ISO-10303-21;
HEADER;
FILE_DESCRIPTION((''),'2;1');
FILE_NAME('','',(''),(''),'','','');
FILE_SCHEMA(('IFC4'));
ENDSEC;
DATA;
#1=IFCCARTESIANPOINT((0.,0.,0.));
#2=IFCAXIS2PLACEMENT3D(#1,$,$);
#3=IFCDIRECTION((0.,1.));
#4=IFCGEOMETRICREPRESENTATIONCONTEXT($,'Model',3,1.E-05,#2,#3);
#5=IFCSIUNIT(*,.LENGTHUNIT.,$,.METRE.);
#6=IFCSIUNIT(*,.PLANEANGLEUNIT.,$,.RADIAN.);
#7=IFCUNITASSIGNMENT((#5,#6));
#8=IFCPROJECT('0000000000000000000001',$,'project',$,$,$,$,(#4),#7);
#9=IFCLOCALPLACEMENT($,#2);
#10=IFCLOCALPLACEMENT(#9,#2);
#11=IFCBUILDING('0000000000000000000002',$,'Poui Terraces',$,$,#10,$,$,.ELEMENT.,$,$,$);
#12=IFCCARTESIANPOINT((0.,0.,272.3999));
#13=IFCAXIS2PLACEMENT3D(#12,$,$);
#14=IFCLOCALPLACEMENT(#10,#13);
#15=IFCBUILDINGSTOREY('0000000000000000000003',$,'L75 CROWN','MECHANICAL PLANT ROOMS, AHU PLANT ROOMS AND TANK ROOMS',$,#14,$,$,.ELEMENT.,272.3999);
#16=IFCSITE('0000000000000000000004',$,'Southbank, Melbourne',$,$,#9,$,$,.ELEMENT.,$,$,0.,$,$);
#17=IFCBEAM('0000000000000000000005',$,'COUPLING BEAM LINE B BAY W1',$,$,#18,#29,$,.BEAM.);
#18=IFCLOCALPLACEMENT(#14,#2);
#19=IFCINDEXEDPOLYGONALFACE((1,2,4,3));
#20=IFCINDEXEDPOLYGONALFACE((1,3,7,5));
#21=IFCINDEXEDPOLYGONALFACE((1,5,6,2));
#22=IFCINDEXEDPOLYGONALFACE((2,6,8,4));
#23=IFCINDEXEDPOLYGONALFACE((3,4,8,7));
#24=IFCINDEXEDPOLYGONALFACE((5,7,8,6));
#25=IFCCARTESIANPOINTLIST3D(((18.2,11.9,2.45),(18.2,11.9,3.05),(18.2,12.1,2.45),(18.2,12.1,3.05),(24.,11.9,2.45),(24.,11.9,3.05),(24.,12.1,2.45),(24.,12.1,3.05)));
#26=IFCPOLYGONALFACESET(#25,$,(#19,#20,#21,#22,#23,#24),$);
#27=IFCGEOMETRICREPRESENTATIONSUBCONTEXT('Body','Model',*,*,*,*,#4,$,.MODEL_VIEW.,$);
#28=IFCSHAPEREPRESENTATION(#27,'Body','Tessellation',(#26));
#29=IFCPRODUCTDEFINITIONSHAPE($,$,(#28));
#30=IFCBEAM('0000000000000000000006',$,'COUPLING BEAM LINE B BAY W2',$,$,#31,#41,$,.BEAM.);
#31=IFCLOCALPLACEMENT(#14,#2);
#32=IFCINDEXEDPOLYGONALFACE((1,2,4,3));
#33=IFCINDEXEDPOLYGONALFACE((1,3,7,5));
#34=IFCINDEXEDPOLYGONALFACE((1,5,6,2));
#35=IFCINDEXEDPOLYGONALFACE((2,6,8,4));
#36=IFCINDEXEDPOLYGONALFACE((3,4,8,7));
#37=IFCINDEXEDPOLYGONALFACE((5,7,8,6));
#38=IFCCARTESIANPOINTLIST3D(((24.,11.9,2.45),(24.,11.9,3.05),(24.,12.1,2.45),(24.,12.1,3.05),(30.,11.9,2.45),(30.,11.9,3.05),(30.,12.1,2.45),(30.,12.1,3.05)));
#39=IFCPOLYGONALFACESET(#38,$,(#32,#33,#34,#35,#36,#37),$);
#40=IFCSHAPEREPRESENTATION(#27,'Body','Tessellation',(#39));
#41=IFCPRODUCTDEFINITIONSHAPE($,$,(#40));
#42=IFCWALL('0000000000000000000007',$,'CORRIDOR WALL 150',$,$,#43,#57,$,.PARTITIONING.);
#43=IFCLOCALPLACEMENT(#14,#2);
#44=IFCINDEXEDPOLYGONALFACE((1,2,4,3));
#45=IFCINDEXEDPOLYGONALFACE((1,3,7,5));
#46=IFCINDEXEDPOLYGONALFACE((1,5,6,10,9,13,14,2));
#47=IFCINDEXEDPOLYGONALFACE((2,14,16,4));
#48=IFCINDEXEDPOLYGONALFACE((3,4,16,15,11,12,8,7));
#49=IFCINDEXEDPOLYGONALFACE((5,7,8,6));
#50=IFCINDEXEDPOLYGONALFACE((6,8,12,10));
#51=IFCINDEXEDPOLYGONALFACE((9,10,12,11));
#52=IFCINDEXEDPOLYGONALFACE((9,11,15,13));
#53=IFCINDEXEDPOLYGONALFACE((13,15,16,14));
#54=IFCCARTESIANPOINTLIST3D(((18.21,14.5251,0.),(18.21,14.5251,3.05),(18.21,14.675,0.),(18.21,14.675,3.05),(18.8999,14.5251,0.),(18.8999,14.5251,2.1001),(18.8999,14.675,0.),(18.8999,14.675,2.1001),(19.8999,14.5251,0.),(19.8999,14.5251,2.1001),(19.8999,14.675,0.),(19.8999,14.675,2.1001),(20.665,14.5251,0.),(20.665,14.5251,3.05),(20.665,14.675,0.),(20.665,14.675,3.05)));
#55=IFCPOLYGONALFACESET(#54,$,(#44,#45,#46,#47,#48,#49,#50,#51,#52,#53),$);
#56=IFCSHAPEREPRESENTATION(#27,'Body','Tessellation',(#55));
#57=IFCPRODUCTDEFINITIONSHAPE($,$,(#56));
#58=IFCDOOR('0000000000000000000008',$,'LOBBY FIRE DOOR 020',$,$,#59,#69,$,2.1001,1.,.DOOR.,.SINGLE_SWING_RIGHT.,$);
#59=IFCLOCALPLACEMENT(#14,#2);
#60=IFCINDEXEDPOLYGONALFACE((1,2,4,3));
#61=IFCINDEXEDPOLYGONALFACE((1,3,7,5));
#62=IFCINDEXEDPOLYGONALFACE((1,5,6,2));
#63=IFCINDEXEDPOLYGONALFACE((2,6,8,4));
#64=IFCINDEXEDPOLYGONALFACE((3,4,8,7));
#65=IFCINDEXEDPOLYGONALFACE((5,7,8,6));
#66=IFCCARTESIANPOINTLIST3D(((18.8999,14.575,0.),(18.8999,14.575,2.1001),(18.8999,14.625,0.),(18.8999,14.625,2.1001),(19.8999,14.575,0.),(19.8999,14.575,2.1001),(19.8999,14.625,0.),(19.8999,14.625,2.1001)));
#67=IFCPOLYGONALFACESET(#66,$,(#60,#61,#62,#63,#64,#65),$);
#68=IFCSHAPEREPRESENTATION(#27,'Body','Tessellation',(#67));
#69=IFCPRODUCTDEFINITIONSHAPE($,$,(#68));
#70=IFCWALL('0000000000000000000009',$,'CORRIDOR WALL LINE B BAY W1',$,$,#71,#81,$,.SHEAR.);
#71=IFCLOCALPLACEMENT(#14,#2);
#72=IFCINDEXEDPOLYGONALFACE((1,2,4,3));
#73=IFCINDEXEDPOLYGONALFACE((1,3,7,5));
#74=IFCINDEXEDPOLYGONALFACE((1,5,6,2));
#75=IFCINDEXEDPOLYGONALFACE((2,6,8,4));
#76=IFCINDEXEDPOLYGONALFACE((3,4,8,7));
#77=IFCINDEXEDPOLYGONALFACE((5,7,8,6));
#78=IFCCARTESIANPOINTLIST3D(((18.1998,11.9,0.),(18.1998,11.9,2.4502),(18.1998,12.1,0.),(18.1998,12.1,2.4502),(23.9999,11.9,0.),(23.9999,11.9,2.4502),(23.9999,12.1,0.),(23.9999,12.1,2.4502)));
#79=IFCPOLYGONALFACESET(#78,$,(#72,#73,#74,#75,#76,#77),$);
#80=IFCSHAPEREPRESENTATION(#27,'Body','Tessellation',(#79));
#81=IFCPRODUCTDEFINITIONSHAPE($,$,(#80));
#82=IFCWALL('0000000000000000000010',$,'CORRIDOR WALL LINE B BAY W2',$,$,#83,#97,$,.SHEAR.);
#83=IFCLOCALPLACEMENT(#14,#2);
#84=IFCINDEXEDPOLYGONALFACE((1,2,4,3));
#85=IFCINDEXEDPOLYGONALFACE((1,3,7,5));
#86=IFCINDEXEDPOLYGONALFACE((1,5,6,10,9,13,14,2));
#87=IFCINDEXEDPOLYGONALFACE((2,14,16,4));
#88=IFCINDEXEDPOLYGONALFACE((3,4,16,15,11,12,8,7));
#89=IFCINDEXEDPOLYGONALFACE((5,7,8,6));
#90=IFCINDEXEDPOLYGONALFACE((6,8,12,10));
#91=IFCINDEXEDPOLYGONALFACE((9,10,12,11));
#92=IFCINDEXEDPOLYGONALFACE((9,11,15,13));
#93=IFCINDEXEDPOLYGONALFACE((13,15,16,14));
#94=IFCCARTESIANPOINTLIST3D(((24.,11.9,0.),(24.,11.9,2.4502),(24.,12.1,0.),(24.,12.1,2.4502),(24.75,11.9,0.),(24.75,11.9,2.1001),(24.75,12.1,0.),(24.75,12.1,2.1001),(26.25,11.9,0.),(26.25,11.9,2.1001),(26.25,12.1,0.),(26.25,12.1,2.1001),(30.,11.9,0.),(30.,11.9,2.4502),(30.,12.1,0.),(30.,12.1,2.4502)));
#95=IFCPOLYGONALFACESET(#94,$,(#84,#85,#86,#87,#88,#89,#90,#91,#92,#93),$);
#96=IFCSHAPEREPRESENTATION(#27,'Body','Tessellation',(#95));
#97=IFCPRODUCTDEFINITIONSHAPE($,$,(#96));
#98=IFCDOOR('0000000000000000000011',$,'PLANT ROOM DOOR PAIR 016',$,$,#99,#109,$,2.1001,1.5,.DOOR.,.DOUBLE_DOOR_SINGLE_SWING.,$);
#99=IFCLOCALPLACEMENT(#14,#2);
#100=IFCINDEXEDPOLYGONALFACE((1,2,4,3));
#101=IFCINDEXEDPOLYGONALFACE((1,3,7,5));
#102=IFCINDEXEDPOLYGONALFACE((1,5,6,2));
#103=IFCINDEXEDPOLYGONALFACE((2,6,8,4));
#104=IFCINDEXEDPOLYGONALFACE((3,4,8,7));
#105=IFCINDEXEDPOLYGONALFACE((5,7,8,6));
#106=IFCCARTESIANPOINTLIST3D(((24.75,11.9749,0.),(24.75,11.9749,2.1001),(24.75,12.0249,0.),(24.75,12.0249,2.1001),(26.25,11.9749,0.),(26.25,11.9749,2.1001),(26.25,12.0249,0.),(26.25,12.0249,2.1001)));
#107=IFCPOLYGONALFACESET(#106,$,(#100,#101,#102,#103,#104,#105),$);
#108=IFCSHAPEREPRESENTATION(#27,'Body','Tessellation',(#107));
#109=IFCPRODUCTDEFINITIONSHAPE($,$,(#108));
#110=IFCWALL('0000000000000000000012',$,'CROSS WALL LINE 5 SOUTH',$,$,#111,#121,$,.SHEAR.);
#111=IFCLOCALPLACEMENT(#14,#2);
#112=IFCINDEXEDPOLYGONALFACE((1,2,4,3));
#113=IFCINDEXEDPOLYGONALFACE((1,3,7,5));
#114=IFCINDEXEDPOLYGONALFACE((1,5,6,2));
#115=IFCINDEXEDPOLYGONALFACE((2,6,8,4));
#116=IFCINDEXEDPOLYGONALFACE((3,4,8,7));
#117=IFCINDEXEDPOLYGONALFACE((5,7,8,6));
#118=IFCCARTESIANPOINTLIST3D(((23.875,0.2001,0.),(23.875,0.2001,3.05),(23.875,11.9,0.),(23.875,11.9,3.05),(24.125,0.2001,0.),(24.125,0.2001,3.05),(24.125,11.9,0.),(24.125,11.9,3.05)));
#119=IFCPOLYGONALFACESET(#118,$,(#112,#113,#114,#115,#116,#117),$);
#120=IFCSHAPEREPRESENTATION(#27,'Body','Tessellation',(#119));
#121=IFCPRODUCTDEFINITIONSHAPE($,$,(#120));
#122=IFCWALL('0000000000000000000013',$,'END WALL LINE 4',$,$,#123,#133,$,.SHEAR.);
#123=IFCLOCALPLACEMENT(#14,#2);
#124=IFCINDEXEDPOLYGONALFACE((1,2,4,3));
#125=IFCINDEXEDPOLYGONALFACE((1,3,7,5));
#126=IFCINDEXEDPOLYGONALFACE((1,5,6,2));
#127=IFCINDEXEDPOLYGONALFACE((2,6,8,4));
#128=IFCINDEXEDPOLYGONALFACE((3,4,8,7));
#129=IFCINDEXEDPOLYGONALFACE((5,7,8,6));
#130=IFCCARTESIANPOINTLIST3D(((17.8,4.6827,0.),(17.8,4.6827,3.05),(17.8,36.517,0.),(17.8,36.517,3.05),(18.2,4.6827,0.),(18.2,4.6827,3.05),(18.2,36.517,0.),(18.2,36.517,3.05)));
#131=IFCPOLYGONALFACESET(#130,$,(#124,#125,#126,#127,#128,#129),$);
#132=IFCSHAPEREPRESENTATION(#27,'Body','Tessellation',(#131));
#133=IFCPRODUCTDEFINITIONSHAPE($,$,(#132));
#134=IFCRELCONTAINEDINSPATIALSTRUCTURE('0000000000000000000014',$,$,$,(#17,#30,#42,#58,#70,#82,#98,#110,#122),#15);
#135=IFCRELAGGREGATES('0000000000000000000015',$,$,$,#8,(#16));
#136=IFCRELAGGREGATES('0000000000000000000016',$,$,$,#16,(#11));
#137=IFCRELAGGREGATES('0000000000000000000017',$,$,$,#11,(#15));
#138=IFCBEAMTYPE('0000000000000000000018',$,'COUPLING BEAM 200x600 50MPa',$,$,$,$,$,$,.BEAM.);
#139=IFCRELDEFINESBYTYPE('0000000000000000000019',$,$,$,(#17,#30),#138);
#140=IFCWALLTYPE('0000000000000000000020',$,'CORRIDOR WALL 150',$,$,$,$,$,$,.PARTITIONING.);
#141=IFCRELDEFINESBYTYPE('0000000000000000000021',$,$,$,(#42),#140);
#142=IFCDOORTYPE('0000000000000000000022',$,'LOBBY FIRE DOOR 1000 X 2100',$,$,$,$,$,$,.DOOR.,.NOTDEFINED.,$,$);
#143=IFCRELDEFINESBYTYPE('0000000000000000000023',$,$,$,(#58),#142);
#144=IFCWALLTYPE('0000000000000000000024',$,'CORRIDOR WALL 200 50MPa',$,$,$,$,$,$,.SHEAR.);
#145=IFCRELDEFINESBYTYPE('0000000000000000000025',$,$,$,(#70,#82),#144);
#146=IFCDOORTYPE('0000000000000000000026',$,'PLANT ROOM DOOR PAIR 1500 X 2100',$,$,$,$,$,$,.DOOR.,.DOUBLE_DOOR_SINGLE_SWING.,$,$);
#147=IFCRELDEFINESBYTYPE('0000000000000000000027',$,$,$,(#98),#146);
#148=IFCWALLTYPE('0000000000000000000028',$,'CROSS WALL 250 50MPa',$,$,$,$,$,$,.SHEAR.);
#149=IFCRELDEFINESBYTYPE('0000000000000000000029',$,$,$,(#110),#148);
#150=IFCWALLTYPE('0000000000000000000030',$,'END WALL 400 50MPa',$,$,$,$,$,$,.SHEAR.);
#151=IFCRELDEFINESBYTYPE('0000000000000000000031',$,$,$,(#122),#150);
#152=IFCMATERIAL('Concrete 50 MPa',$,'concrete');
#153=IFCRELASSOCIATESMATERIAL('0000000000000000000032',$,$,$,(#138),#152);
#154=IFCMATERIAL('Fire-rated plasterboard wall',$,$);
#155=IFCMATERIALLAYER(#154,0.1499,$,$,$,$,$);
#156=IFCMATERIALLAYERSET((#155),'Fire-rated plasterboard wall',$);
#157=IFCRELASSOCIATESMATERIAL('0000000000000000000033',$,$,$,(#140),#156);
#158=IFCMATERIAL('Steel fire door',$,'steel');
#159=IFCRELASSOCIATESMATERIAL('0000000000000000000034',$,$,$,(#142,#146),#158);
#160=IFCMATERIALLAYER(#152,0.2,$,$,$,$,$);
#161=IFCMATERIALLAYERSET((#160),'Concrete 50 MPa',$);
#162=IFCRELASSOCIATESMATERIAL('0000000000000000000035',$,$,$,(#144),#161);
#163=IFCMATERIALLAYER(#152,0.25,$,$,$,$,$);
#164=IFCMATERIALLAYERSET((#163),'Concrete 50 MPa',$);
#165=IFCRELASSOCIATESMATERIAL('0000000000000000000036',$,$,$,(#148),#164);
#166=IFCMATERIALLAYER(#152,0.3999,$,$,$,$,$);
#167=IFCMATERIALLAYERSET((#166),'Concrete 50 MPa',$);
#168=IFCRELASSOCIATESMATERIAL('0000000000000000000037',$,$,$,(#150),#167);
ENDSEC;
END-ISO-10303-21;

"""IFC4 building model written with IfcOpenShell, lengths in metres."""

from ifc_helpers import new_model, si_unit, direction, frame, frame_2d, origin, origin_2d, place, context, subcontext, project, spatial, rectangle, extrude, source, transform, mapped, material, layer, layer_set, material_profile, profile_set, type_object, element, fill, save


model = new_model("IFC4")

# Units and contexts
model_context = context("Model", 3, precision=1e-05, world=origin(), true_north=direction((0.0, 1.0)))
body_context = subcontext(model_context, "Body", "Model", "MODEL_VIEW")
ifc_project = project(units=[si_unit("LENGTHUNIT", "METRE"), si_unit("PLANEANGLEUNIT", "RADIAN")], contexts=[model_context])

# Site, building, storey
site_placement = place(None, origin())
site = spatial("IfcSite", under=ifc_project, at=site_placement, Name="Southbank, Melbourne", CompositionType="ELEMENT", RefElevation=0.0)
building_placement = place(site_placement, origin())
building = spatial("IfcBuilding", under=site, at=building_placement, Name="Poui Terraces", CompositionType="ELEMENT")
storey_placement = place(building_placement, frame((0.0, 0.0, 272.3999)))
storey = spatial("IfcBuildingStorey", under=building, at=storey_placement, Name="L75 CROWN", Description="MECHANICAL PLANT ROOMS, AHU PLANT ROOMS AND TANK ROOMS", CompositionType="ELEMENT", Elevation=272.3999)

# Beams
ifc_material_1 = material(Name="Concrete 50 MPa", Category="concrete")
ifc_material_profile_1 = material_profile(ifc_material_1, rectangle(XDim=0.2, YDim=0.6001, at=origin_2d()), Name="RC 200x600")
ifc_profile_set_1 = profile_set([ifc_material_profile_1], Name="Concrete 50 MPa")
beam_type = type_object("IfcBeamType", Name="COUPLING BEAM 200x600 50MPa", PredefinedType="BEAM", material=ifc_profile_set_1)
shared_shape_1 = source(origin(), body_context, "Body", "SweptSolid", [
    extrude(rectangle(XDim=0.2, YDim=0.6001, at=origin_2d()), origin(), (0.0, 0.0, 1.0), 5.8),
])
beam_1_placement = place(storey_placement, frame((18.2, 12.0, 2.75), z_axis=(1.0, 0.0, 0.0), x_axis=(0.0, 1.0, 0.0)))
element("IfcBeam", 1, at=beam_1_placement, inside=storey, type_object=beam_type, Name="COUPLING BEAM LINE B BAY W1", PredefinedType="BEAM", context=body_context, shape_type="MappedRepresentation", body=[
    mapped(shared_shape_1, transform((0.0, 0.0, 0.0))),
])
shared_shape_2 = source(origin(), body_context, "Body", "SweptSolid", [
    extrude(rectangle(XDim=0.2, YDim=0.6001, at=origin_2d()), origin(), (0.0, 0.0, 1.0), 6.0),
])
beam_2_placement = place(storey_placement, frame((24.0, 12.0, 2.75), z_axis=(1.0, 0.0, 0.0), x_axis=(0.0, 1.0, 0.0)))
element("IfcBeam", 2, at=beam_2_placement, inside=storey, type_object=beam_type, Name="COUPLING BEAM LINE B BAY W2", PredefinedType="BEAM", context=body_context, shape_type="MappedRepresentation", body=[
    mapped(shared_shape_2, transform((0.0, 0.0, 0.0))),
])

# Wall, opening, door
ifc_material_2 = material(Name="Fire-rated plasterboard wall")
ifc_layer_1 = layer(ifc_material_2, 0.1499)
ifc_layer_set_1 = layer_set([ifc_layer_1], Name="Fire-rated plasterboard wall")
wall_type_1 = type_object("IfcWallType", Name="CORRIDOR WALL 150", PredefinedType="PARTITIONING", material=ifc_layer_set_1)
wall_1_placement = place(storey_placement, frame((18.21, 14.6001, 0.0), z_axis=(0.0, 0.0, 1.0), x_axis=(1.0, 0.0, 0.0)))
wall_1 = element("IfcWall", 3, at=wall_1_placement, inside=storey, type_object=wall_type_1, Name="CORRIDOR WALL 150", PredefinedType="PARTITIONING", context=body_context, shape_type="SweptSolid", body=[
    extrude(rectangle(XDim=2.4551, YDim=0.1499, at=frame_2d((1.2275, 0.0))), origin(), (0.0, 0.0, 1.0), 3.05),
])
opening_1_placement = place(wall_1_placement, frame((0.6899, 0.0, 0.0)))
opening_1 = element("IfcOpeningElement", 4, at=opening_1_placement, cuts=wall_1, PredefinedType="OPENING", context=body_context, shape_type="SweptSolid", body=[
    extrude(rectangle(XDim=1.0, YDim=2.1001, at=frame_2d((0.5, 1.05))), frame((0.0, 0.085, 0.0), z_axis=(0.0, -1.0, 0.0), x_axis=(1.0, 0.0, 0.0)), (0.0, 0.0, 1.0), 0.1699),
])
ifc_material_3 = material(Name="Steel fire door", Category="steel")
door_type_1 = type_object("IfcDoorType", Name="LOBBY FIRE DOOR 1000 X 2100", OperationType="NOTDEFINED", PredefinedType="DOOR", material=ifc_material_3)
door_1_placement = place(opening_1_placement, origin())
door_1 = element("IfcDoor", 5, at=door_1_placement, inside=storey, type_object=door_type_1, Name="LOBBY FIRE DOOR 020", OperationType="SINGLE_SWING_RIGHT", OverallHeight=2.1001, OverallWidth=1.0, PredefinedType="DOOR", context=body_context, shape_type="SweptSolid", body=[
    extrude(rectangle(XDim=1.0, YDim=2.1001, at=frame_2d((0.5, 1.05))), frame((0.0, 0.0249, 0.0), z_axis=(0.0, -1.0, 0.0), x_axis=(1.0, 0.0, 0.0)), (0.0, 0.0, 1.0), 0.05),
])
fill(opening_1, door_1)

# Wall
ifc_layer_2 = layer(ifc_material_1, 0.2)
ifc_layer_set_2 = layer_set([ifc_layer_2], Name="Concrete 50 MPa")
wall_type_2 = type_object("IfcWallType", Name="CORRIDOR WALL 200 50MPa", PredefinedType="SHEAR", material=ifc_layer_set_2)
wall_2_placement = place(storey_placement, frame((18.2, 12.0, 0.0), z_axis=(0.0, 0.0, 1.0), x_axis=(1.0, 0.0, 0.0)))
element("IfcWall", 6, at=wall_2_placement, inside=storey, type_object=wall_type_2, Name="CORRIDOR WALL LINE B BAY W1", PredefinedType="SHEAR", context=body_context, shape_type="SweptSolid", body=[
    extrude(rectangle(XDim=5.8, YDim=0.2, at=frame_2d((2.8999, 0.0))), origin(), (0.0, 0.0, 1.0), 2.4502),
])

# Wall, opening, door
wall_3_placement = place(storey_placement, frame((24.0, 12.0, 0.0), z_axis=(0.0, 0.0, 1.0), x_axis=(1.0, 0.0, 0.0)))
wall_3 = element("IfcWall", 7, at=wall_3_placement, inside=storey, type_object=wall_type_2, Name="CORRIDOR WALL LINE B BAY W2", PredefinedType="SHEAR", context=body_context, shape_type="SweptSolid", body=[
    extrude(rectangle(XDim=6.0, YDim=0.2, at=frame_2d((3.0, 0.0))), origin(), (0.0, 0.0, 1.0), 2.4502),
])
opening_2_placement = place(wall_3_placement, frame((0.75, 0.0, 0.0)))
opening_2 = element("IfcOpeningElement", 8, at=opening_2_placement, cuts=wall_3, PredefinedType="OPENING", context=body_context, shape_type="SweptSolid", body=[
    extrude(rectangle(XDim=1.5, YDim=2.1001, at=frame_2d((0.75, 1.05))), frame((0.0, 0.1099, 0.0), z_axis=(0.0, -1.0, 0.0), x_axis=(1.0, 0.0, 0.0)), (0.0, 0.0, 1.0), 0.22),
])
door_type_2 = type_object("IfcDoorType", Name="PLANT ROOM DOOR PAIR 1500 X 2100", OperationType="DOUBLE_DOOR_SINGLE_SWING", PredefinedType="DOOR", material=ifc_material_3)
door_2_placement = place(opening_2_placement, origin())
door_2 = element("IfcDoor", 9, at=door_2_placement, inside=storey, type_object=door_type_2, Name="PLANT ROOM DOOR PAIR 016", OperationType="DOUBLE_DOOR_SINGLE_SWING", OverallHeight=2.1001, OverallWidth=1.5, PredefinedType="DOOR", context=body_context, shape_type="SweptSolid", body=[
    extrude(rectangle(XDim=1.5, YDim=2.1001, at=frame_2d((0.75, 1.05))), frame((0.0, 0.0249, 0.0), z_axis=(0.0, -1.0, 0.0), x_axis=(1.0, 0.0, 0.0)), (0.0, 0.0, 1.0), 0.05),
])
fill(opening_2, door_2)

# Walls
ifc_layer_3 = layer(ifc_material_1, 0.25)
ifc_layer_set_3 = layer_set([ifc_layer_3], Name="Concrete 50 MPa")
wall_type_3 = type_object("IfcWallType", Name="CROSS WALL 250 50MPa", PredefinedType="SHEAR", material=ifc_layer_set_3)
wall_4_placement = place(storey_placement, frame((24.0, 0.2, 0.0), z_axis=(0.0, 0.0, 1.0), x_axis=(0.0, 1.0, 0.0)))
element("IfcWall", 10, at=wall_4_placement, inside=storey, type_object=wall_type_3, Name="CROSS WALL LINE 5 SOUTH", PredefinedType="SHEAR", context=body_context, shape_type="SweptSolid", body=[
    extrude(rectangle(XDim=11.7, YDim=0.25, at=frame_2d((5.8501, 0.0))), origin(), (0.0, 0.0, 1.0), 3.05),
])
ifc_layer_4 = layer(ifc_material_1, 0.3999)
ifc_layer_set_4 = layer_set([ifc_layer_4], Name="Concrete 50 MPa")
wall_type_4 = type_object("IfcWallType", Name="END WALL 400 50MPa", PredefinedType="SHEAR", material=ifc_layer_set_4)
wall_5_placement = place(storey_placement, frame((18.0, 4.6829, 0.0), z_axis=(0.0, 0.0, 1.0), x_axis=(0.0, 1.0, 0.0)))
element("IfcWall", 11, at=wall_5_placement, inside=storey, type_object=wall_type_4, Name="END WALL LINE 4", PredefinedType="SHEAR", context=body_context, shape_type="SweptSolid", body=[
    extrude(rectangle(XDim=31.8342, YDim=0.3999, at=frame_2d((15.917, 0.0))), origin(), (0.0, 0.0, 1.0), 3.05),
])

save(model, "model.ifc")
